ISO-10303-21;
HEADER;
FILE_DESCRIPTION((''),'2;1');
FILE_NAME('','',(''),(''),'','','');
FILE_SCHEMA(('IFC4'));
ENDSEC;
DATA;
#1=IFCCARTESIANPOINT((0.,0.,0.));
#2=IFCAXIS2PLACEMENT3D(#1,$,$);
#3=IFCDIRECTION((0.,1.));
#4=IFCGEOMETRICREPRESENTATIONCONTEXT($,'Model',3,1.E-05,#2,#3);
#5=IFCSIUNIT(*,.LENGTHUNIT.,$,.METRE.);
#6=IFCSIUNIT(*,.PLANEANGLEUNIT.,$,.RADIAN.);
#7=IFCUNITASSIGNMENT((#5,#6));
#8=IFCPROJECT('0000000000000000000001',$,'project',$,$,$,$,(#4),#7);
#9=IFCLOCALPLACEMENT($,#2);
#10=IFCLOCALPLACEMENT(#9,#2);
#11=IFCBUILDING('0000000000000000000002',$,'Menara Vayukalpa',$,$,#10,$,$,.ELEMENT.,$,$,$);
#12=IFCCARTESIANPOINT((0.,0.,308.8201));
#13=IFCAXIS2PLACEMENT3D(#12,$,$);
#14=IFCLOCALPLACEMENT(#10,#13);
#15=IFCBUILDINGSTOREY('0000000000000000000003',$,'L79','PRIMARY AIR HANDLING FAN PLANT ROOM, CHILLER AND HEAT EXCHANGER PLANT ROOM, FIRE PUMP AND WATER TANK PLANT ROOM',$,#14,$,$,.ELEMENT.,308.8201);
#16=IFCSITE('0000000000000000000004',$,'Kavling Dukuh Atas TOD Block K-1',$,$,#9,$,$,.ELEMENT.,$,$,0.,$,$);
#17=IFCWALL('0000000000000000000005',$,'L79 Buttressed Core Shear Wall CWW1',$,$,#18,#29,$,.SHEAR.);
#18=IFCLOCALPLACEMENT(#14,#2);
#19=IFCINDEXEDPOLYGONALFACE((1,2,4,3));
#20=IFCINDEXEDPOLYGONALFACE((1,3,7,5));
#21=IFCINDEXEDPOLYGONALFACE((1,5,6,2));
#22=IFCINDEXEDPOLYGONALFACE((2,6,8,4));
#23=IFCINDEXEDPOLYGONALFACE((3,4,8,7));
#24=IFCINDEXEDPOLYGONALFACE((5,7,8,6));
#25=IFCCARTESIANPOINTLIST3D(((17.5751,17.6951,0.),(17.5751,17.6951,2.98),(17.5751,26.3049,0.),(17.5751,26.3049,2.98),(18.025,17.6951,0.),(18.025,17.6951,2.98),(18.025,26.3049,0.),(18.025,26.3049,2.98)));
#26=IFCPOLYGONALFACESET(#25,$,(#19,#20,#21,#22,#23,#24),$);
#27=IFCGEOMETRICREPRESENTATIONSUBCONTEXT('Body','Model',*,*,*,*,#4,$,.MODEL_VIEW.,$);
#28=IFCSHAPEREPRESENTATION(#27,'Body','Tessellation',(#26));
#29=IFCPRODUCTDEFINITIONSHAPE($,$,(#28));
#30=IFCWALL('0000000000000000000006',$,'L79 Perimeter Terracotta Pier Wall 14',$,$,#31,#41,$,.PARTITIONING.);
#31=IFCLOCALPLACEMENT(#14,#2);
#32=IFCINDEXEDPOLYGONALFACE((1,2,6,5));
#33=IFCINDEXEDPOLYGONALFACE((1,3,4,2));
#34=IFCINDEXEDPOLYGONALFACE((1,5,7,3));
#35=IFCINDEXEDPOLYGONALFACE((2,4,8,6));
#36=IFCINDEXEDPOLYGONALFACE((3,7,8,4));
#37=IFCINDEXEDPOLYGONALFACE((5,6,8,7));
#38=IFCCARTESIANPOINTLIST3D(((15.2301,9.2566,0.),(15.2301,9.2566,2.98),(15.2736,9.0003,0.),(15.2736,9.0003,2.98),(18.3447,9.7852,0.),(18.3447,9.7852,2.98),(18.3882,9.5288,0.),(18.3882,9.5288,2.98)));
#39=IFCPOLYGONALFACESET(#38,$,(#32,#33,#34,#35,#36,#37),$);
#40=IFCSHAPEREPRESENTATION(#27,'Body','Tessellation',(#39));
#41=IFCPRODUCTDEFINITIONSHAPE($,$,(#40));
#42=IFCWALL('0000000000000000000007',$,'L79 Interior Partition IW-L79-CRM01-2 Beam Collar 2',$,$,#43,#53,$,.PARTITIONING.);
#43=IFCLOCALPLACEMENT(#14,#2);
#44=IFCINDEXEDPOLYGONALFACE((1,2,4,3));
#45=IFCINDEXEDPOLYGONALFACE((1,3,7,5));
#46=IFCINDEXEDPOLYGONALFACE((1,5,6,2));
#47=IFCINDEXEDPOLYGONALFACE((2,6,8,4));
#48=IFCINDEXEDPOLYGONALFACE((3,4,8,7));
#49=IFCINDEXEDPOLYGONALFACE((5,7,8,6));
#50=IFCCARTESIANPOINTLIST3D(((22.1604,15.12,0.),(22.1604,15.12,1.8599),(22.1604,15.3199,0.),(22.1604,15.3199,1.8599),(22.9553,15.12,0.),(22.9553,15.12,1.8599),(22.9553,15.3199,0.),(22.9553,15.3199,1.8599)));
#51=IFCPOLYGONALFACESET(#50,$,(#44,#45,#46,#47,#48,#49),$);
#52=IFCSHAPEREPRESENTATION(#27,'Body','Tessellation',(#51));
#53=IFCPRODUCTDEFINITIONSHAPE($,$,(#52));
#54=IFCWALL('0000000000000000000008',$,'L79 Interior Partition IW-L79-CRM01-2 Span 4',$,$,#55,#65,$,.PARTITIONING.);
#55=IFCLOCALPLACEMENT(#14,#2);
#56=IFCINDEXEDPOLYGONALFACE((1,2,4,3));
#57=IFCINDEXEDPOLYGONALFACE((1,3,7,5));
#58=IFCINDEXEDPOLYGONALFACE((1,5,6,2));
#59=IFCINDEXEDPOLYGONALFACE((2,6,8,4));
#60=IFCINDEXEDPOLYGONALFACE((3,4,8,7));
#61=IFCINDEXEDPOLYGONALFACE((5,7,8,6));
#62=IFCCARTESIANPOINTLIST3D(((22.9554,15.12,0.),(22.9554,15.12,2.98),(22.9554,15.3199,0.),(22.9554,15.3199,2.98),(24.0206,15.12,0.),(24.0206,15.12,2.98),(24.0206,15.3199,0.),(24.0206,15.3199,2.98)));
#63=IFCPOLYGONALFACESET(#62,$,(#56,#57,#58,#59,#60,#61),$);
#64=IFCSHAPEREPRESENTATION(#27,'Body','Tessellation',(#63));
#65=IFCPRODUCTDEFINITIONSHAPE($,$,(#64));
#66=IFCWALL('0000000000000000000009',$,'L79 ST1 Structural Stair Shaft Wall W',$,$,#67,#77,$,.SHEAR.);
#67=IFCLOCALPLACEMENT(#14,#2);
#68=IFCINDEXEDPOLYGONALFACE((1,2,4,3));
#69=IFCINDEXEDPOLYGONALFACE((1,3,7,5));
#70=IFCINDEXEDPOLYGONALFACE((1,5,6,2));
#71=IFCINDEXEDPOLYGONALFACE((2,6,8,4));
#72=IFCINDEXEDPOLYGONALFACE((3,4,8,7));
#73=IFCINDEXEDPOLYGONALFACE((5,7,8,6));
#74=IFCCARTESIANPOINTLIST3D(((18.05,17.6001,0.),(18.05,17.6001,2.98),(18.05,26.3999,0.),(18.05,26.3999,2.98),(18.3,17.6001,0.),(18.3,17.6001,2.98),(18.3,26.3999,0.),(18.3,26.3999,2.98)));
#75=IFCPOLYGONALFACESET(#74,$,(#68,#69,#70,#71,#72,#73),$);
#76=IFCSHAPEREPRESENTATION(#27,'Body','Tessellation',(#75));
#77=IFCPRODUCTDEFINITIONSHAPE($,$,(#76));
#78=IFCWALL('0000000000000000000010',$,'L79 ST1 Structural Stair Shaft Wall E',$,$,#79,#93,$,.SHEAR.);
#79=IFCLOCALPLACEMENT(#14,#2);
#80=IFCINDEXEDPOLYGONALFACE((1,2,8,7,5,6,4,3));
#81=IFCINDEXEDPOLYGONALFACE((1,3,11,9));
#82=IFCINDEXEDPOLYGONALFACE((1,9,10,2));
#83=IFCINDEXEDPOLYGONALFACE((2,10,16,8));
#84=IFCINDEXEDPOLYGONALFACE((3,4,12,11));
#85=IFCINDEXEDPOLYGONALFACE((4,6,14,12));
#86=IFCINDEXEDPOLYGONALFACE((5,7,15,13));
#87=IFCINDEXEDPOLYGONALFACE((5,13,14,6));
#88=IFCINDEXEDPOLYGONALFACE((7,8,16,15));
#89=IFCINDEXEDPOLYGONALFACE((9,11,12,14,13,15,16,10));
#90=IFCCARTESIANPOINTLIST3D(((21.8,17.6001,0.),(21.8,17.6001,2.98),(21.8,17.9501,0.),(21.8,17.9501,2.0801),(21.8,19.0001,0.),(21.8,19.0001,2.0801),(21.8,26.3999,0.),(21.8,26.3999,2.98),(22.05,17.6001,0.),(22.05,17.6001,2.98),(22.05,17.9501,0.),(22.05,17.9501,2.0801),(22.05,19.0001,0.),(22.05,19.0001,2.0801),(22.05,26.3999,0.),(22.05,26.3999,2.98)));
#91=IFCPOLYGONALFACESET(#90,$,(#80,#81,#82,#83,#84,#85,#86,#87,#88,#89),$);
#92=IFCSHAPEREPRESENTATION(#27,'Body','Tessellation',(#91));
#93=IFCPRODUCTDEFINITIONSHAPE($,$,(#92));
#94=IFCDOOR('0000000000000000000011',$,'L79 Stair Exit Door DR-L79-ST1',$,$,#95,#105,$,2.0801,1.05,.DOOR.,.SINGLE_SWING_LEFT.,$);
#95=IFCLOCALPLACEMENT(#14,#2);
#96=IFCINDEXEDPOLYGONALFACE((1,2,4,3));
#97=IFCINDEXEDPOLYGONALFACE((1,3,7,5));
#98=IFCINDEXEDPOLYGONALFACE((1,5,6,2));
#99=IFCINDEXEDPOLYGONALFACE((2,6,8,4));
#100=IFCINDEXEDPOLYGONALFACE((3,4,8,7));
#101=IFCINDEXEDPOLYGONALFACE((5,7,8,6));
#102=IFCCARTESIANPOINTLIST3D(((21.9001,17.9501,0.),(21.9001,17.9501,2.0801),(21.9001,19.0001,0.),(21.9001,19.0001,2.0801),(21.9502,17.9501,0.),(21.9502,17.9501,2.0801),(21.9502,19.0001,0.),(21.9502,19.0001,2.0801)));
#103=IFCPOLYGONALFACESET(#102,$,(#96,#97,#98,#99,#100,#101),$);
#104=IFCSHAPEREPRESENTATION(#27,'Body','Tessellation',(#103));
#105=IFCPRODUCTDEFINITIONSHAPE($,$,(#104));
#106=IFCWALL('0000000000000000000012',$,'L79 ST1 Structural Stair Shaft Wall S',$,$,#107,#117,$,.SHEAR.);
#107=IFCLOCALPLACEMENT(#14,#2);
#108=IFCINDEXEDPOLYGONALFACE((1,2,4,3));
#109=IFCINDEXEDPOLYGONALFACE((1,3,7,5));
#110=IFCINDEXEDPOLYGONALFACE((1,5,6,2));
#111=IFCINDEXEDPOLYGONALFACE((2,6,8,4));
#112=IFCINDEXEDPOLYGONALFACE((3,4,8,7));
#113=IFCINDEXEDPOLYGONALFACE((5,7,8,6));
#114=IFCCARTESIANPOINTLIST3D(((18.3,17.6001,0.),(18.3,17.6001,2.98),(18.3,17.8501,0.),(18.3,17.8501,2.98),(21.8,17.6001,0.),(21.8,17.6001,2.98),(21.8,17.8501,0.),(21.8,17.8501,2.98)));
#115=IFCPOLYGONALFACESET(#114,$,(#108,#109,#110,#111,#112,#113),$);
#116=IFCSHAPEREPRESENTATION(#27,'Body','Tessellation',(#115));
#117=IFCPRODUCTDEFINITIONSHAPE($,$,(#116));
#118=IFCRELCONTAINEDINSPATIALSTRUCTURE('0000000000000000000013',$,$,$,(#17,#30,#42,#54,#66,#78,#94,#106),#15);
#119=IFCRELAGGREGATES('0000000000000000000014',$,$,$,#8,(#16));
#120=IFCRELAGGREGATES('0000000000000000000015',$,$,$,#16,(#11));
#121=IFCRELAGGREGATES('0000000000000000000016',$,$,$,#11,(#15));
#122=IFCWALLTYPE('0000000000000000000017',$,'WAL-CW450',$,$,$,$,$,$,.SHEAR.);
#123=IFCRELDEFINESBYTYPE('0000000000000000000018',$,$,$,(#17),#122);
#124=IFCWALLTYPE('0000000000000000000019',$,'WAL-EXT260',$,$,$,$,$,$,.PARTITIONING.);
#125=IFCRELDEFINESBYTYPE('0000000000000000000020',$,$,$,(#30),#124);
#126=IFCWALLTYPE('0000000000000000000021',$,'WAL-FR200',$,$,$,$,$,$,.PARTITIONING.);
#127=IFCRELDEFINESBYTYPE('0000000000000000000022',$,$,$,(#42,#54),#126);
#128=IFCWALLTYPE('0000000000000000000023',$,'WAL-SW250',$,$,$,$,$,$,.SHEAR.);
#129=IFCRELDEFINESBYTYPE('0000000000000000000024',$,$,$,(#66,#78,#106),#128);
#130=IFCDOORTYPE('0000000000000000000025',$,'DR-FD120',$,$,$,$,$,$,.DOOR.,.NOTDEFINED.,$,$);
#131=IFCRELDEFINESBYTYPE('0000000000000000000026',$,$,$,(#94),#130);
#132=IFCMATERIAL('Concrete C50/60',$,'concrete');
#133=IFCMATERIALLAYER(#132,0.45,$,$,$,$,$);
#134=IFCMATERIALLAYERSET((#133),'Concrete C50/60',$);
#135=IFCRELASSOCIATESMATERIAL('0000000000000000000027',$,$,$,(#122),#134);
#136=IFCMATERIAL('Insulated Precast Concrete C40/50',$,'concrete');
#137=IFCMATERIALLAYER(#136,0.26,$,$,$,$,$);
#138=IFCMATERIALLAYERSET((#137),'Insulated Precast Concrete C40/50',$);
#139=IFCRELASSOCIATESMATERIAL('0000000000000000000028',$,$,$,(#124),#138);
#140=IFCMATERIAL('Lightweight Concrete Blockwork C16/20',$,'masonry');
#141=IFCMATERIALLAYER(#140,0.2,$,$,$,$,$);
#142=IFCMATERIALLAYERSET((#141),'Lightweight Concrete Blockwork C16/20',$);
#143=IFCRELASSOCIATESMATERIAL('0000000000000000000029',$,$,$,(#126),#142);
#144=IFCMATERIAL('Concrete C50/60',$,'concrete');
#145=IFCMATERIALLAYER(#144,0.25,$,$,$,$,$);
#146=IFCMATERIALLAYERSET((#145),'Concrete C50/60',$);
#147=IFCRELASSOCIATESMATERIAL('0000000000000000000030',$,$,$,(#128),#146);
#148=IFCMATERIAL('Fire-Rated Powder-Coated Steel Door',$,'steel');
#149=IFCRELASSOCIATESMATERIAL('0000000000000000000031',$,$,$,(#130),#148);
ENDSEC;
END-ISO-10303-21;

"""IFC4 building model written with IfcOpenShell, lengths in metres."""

from ifc_helpers import new_model, si_unit, direction, frame, frame_2d, origin, place, context, subcontext, project, spatial, rectangle, extrude, material, layer, layer_set, type_object, element, fill, save


model = new_model("IFC4")

# Units and contexts
model_context = context("Model", 3, precision=1e-05, world=origin(), true_north=direction((0.0, 1.0)))
body_context = subcontext(model_context, "Body", "Model", "MODEL_VIEW")
ifc_project = project(units=[si_unit("LENGTHUNIT", "METRE"), si_unit("PLANEANGLEUNIT", "RADIAN")], contexts=[model_context])

# Site, building, storey
site_placement = place(None, origin())
site = spatial("IfcSite", under=ifc_project, at=site_placement, Name="Kavling Dukuh Atas TOD Block K-1", CompositionType="ELEMENT", RefElevation=0.0)
building_placement = place(site_placement, origin())
building = spatial("IfcBuilding", under=site, at=building_placement, Name="Menara Vayukalpa", CompositionType="ELEMENT")
storey_placement = place(building_placement, frame((0.0, 0.0, 308.8201)))
storey = spatial("IfcBuildingStorey", under=building, at=storey_placement, Name="L79", Description="PRIMARY AIR HANDLING FAN PLANT ROOM, CHILLER AND HEAT EXCHANGER PLANT ROOM, FIRE PUMP AND WATER TANK PLANT ROOM", CompositionType="ELEMENT", Elevation=308.8201)

# Walls
ifc_material_1 = material(Name="Concrete C50/60", Category="concrete")
ifc_layer_1 = layer(ifc_material_1, 0.45)
ifc_layer_set_1 = layer_set([ifc_layer_1], Name="Concrete C50/60")
wall_type_1 = type_object("IfcWallType", Name="WAL-CW450", PredefinedType="SHEAR", material=ifc_layer_set_1)
wall_1_placement = place(storey_placement, frame((17.8, 17.6951, 0.0), z_axis=(0.0, 0.0, 1.0), x_axis=(0.0, 1.0, 0.0)))
element("IfcWall", 1, at=wall_1_placement, inside=storey, type_object=wall_type_1, Name="L79 Buttressed Core Shear Wall CWW1", PredefinedType="SHEAR", context=body_context, shape_type="SweptSolid", body=[
    extrude(rectangle(XDim=8.6099, YDim=0.45, at=frame_2d((4.3049, 0.0))), origin(), (0.0, 0.0, 1.0), 2.98),
])
ifc_material_2 = material(Name="Insulated Precast Concrete C40/50", Category="concrete")
ifc_layer_2 = layer(ifc_material_2, 0.26)
ifc_layer_set_2 = layer_set([ifc_layer_2], Name="Insulated Precast Concrete C40/50")
wall_type_2 = type_object("IfcWallType", Name="WAL-EXT260", PredefinedType="PARTITIONING", material=ifc_layer_set_2)
wall_2_placement = place(storey_placement, frame((18.3665, 9.657, 0.0), z_axis=(0.0, 0.0, 1.0), x_axis=(-0.985905, -0.167306, 0.0)))
element("IfcWall", 2, at=wall_2_placement, inside=storey, type_object=wall_type_2, Name="L79 Perimeter Terracotta Pier Wall 14", PredefinedType="PARTITIONING", context=body_context, shape_type="SweptSolid", body=[
    extrude(rectangle(XDim=3.1592, YDim=0.26, at=frame_2d((1.5796, 0.0))), origin(), (0.0, 0.0, 1.0), 2.98),
])
ifc_material_3 = material(Name="Lightweight Concrete Blockwork C16/20", Category="masonry")
ifc_layer_3 = layer(ifc_material_3, 0.2)
ifc_layer_set_3 = layer_set([ifc_layer_3], Name="Lightweight Concrete Blockwork C16/20")
wall_type_3 = type_object("IfcWallType", Name="WAL-FR200", PredefinedType="PARTITIONING", material=ifc_layer_set_3)
wall_3_placement = place(storey_placement, frame((22.1604, 15.22, 0.0), z_axis=(0.0, 0.0, 1.0), x_axis=(1.0, 0.0, 0.0)))
element("IfcWall", 3, at=wall_3_placement, inside=storey, type_object=wall_type_3, Name="L79 Interior Partition IW-L79-CRM01-2 Beam Collar 2", PredefinedType="PARTITIONING", context=body_context, shape_type="SweptSolid", body=[
    extrude(rectangle(XDim=0.7949, YDim=0.2, at=frame_2d((0.3975, 0.0))), origin(), (0.0, 0.0, 1.0), 1.8599),
])
wall_4_placement = place(storey_placement, frame((22.9553, 15.22, 0.0), z_axis=(0.0, 0.0, 1.0), x_axis=(1.0, 0.0, 0.0)))
element("IfcWall", 4, at=wall_4_placement, inside=storey, type_object=wall_type_3, Name="L79 Interior Partition IW-L79-CRM01-2 Span 4", PredefinedType="PARTITIONING", context=body_context, shape_type="SweptSolid", body=[
    extrude(rectangle(XDim=1.0652, YDim=0.2, at=frame_2d((0.5327, 0.0))), origin(), (0.0, 0.0, 1.0), 2.98),
])
ifc_material_4 = material(Name="Concrete C50/60", Category="concrete")
ifc_layer_4 = layer(ifc_material_4, 0.25)
ifc_layer_set_4 = layer_set([ifc_layer_4], Name="Concrete C50/60")
wall_type_4 = type_object("IfcWallType", Name="WAL-SW250", PredefinedType="SHEAR", material=ifc_layer_set_4)
wall_5_placement = place(storey_placement, frame((18.175, 17.6001, 0.0), z_axis=(0.0, 0.0, 1.0), x_axis=(0.0, 1.0, 0.0)))
element("IfcWall", 5, at=wall_5_placement, inside=storey, type_object=wall_type_4, Name="L79 ST1 Structural Stair Shaft Wall W", PredefinedType="SHEAR", context=body_context, shape_type="SweptSolid", body=[
    extrude(rectangle(XDim=8.7998, YDim=0.25, at=frame_2d((4.3999, 0.0))), origin(), (0.0, 0.0, 1.0), 2.98),
])

# Wall, opening, door
wall_6_placement = place(storey_placement, frame((21.925, 17.6001, 0.0), z_axis=(0.0, 0.0, 1.0), x_axis=(0.0, 1.0, 0.0)))
wall_6 = element("IfcWall", 6, at=wall_6_placement, inside=storey, type_object=wall_type_4, Name="L79 ST1 Structural Stair Shaft Wall E", PredefinedType="SHEAR", context=body_context, shape_type="SweptSolid", body=[
    extrude(rectangle(XDim=8.7998, YDim=0.25, at=frame_2d((4.3999, 0.0))), origin(), (0.0, 0.0, 1.0), 2.98),
])
opening_placement = place(wall_6_placement, frame((0.3501, 0.0, 0.0)))
opening = element("IfcOpeningElement", 7, at=opening_placement, cuts=wall_6, PredefinedType="OPENING", context=body_context, shape_type="SweptSolid", body=[
    extrude(rectangle(XDim=1.05, YDim=2.0801, at=frame_2d((0.5249, 1.04))), frame((0.0, 0.135, 0.0), z_axis=(0.0, -1.0, 0.0), x_axis=(1.0, 0.0, 0.0)), (0.0, 0.0, 1.0), 0.27),
])
ifc_material_5 = material(Name="Fire-Rated Powder-Coated Steel Door", Category="steel")
door_type = type_object("IfcDoorType", Name="DR-FD120", OperationType="NOTDEFINED", PredefinedType="DOOR", material=ifc_material_5)
door_placement = place(opening_placement, origin())
door = element("IfcDoor", 8, at=door_placement, inside=storey, type_object=door_type, Name="L79 Stair Exit Door DR-L79-ST1", OperationType="SINGLE_SWING_LEFT", OverallHeight=2.0801, OverallWidth=1.05, PredefinedType="DOOR", context=body_context, shape_type="SweptSolid", body=[
    extrude(rectangle(XDim=1.05, YDim=2.0801, at=frame_2d((0.5249, 1.04))), frame((0.0, 0.0249, 0.0), z_axis=(0.0, -1.0, 0.0), x_axis=(1.0, 0.0, 0.0)), (0.0, 0.0, 1.0), 0.05),
])
fill(opening, door)

# Wall
wall_7_placement = place(storey_placement, frame((18.3, 17.7251, 0.0), z_axis=(0.0, 0.0, 1.0), x_axis=(1.0, 0.0, 0.0)))
element("IfcWall", 9, at=wall_7_placement, inside=storey, type_object=wall_type_4, Name="L79 ST1 Structural Stair Shaft Wall S", PredefinedType="SHEAR", context=body_context, shape_type="SweptSolid", body=[
    extrude(rectangle(XDim=3.5, YDim=0.25, at=frame_2d((1.75, 0.0))), origin(), (0.0, 0.0, 1.0), 2.98),
])

save(model, "model.ifc")
